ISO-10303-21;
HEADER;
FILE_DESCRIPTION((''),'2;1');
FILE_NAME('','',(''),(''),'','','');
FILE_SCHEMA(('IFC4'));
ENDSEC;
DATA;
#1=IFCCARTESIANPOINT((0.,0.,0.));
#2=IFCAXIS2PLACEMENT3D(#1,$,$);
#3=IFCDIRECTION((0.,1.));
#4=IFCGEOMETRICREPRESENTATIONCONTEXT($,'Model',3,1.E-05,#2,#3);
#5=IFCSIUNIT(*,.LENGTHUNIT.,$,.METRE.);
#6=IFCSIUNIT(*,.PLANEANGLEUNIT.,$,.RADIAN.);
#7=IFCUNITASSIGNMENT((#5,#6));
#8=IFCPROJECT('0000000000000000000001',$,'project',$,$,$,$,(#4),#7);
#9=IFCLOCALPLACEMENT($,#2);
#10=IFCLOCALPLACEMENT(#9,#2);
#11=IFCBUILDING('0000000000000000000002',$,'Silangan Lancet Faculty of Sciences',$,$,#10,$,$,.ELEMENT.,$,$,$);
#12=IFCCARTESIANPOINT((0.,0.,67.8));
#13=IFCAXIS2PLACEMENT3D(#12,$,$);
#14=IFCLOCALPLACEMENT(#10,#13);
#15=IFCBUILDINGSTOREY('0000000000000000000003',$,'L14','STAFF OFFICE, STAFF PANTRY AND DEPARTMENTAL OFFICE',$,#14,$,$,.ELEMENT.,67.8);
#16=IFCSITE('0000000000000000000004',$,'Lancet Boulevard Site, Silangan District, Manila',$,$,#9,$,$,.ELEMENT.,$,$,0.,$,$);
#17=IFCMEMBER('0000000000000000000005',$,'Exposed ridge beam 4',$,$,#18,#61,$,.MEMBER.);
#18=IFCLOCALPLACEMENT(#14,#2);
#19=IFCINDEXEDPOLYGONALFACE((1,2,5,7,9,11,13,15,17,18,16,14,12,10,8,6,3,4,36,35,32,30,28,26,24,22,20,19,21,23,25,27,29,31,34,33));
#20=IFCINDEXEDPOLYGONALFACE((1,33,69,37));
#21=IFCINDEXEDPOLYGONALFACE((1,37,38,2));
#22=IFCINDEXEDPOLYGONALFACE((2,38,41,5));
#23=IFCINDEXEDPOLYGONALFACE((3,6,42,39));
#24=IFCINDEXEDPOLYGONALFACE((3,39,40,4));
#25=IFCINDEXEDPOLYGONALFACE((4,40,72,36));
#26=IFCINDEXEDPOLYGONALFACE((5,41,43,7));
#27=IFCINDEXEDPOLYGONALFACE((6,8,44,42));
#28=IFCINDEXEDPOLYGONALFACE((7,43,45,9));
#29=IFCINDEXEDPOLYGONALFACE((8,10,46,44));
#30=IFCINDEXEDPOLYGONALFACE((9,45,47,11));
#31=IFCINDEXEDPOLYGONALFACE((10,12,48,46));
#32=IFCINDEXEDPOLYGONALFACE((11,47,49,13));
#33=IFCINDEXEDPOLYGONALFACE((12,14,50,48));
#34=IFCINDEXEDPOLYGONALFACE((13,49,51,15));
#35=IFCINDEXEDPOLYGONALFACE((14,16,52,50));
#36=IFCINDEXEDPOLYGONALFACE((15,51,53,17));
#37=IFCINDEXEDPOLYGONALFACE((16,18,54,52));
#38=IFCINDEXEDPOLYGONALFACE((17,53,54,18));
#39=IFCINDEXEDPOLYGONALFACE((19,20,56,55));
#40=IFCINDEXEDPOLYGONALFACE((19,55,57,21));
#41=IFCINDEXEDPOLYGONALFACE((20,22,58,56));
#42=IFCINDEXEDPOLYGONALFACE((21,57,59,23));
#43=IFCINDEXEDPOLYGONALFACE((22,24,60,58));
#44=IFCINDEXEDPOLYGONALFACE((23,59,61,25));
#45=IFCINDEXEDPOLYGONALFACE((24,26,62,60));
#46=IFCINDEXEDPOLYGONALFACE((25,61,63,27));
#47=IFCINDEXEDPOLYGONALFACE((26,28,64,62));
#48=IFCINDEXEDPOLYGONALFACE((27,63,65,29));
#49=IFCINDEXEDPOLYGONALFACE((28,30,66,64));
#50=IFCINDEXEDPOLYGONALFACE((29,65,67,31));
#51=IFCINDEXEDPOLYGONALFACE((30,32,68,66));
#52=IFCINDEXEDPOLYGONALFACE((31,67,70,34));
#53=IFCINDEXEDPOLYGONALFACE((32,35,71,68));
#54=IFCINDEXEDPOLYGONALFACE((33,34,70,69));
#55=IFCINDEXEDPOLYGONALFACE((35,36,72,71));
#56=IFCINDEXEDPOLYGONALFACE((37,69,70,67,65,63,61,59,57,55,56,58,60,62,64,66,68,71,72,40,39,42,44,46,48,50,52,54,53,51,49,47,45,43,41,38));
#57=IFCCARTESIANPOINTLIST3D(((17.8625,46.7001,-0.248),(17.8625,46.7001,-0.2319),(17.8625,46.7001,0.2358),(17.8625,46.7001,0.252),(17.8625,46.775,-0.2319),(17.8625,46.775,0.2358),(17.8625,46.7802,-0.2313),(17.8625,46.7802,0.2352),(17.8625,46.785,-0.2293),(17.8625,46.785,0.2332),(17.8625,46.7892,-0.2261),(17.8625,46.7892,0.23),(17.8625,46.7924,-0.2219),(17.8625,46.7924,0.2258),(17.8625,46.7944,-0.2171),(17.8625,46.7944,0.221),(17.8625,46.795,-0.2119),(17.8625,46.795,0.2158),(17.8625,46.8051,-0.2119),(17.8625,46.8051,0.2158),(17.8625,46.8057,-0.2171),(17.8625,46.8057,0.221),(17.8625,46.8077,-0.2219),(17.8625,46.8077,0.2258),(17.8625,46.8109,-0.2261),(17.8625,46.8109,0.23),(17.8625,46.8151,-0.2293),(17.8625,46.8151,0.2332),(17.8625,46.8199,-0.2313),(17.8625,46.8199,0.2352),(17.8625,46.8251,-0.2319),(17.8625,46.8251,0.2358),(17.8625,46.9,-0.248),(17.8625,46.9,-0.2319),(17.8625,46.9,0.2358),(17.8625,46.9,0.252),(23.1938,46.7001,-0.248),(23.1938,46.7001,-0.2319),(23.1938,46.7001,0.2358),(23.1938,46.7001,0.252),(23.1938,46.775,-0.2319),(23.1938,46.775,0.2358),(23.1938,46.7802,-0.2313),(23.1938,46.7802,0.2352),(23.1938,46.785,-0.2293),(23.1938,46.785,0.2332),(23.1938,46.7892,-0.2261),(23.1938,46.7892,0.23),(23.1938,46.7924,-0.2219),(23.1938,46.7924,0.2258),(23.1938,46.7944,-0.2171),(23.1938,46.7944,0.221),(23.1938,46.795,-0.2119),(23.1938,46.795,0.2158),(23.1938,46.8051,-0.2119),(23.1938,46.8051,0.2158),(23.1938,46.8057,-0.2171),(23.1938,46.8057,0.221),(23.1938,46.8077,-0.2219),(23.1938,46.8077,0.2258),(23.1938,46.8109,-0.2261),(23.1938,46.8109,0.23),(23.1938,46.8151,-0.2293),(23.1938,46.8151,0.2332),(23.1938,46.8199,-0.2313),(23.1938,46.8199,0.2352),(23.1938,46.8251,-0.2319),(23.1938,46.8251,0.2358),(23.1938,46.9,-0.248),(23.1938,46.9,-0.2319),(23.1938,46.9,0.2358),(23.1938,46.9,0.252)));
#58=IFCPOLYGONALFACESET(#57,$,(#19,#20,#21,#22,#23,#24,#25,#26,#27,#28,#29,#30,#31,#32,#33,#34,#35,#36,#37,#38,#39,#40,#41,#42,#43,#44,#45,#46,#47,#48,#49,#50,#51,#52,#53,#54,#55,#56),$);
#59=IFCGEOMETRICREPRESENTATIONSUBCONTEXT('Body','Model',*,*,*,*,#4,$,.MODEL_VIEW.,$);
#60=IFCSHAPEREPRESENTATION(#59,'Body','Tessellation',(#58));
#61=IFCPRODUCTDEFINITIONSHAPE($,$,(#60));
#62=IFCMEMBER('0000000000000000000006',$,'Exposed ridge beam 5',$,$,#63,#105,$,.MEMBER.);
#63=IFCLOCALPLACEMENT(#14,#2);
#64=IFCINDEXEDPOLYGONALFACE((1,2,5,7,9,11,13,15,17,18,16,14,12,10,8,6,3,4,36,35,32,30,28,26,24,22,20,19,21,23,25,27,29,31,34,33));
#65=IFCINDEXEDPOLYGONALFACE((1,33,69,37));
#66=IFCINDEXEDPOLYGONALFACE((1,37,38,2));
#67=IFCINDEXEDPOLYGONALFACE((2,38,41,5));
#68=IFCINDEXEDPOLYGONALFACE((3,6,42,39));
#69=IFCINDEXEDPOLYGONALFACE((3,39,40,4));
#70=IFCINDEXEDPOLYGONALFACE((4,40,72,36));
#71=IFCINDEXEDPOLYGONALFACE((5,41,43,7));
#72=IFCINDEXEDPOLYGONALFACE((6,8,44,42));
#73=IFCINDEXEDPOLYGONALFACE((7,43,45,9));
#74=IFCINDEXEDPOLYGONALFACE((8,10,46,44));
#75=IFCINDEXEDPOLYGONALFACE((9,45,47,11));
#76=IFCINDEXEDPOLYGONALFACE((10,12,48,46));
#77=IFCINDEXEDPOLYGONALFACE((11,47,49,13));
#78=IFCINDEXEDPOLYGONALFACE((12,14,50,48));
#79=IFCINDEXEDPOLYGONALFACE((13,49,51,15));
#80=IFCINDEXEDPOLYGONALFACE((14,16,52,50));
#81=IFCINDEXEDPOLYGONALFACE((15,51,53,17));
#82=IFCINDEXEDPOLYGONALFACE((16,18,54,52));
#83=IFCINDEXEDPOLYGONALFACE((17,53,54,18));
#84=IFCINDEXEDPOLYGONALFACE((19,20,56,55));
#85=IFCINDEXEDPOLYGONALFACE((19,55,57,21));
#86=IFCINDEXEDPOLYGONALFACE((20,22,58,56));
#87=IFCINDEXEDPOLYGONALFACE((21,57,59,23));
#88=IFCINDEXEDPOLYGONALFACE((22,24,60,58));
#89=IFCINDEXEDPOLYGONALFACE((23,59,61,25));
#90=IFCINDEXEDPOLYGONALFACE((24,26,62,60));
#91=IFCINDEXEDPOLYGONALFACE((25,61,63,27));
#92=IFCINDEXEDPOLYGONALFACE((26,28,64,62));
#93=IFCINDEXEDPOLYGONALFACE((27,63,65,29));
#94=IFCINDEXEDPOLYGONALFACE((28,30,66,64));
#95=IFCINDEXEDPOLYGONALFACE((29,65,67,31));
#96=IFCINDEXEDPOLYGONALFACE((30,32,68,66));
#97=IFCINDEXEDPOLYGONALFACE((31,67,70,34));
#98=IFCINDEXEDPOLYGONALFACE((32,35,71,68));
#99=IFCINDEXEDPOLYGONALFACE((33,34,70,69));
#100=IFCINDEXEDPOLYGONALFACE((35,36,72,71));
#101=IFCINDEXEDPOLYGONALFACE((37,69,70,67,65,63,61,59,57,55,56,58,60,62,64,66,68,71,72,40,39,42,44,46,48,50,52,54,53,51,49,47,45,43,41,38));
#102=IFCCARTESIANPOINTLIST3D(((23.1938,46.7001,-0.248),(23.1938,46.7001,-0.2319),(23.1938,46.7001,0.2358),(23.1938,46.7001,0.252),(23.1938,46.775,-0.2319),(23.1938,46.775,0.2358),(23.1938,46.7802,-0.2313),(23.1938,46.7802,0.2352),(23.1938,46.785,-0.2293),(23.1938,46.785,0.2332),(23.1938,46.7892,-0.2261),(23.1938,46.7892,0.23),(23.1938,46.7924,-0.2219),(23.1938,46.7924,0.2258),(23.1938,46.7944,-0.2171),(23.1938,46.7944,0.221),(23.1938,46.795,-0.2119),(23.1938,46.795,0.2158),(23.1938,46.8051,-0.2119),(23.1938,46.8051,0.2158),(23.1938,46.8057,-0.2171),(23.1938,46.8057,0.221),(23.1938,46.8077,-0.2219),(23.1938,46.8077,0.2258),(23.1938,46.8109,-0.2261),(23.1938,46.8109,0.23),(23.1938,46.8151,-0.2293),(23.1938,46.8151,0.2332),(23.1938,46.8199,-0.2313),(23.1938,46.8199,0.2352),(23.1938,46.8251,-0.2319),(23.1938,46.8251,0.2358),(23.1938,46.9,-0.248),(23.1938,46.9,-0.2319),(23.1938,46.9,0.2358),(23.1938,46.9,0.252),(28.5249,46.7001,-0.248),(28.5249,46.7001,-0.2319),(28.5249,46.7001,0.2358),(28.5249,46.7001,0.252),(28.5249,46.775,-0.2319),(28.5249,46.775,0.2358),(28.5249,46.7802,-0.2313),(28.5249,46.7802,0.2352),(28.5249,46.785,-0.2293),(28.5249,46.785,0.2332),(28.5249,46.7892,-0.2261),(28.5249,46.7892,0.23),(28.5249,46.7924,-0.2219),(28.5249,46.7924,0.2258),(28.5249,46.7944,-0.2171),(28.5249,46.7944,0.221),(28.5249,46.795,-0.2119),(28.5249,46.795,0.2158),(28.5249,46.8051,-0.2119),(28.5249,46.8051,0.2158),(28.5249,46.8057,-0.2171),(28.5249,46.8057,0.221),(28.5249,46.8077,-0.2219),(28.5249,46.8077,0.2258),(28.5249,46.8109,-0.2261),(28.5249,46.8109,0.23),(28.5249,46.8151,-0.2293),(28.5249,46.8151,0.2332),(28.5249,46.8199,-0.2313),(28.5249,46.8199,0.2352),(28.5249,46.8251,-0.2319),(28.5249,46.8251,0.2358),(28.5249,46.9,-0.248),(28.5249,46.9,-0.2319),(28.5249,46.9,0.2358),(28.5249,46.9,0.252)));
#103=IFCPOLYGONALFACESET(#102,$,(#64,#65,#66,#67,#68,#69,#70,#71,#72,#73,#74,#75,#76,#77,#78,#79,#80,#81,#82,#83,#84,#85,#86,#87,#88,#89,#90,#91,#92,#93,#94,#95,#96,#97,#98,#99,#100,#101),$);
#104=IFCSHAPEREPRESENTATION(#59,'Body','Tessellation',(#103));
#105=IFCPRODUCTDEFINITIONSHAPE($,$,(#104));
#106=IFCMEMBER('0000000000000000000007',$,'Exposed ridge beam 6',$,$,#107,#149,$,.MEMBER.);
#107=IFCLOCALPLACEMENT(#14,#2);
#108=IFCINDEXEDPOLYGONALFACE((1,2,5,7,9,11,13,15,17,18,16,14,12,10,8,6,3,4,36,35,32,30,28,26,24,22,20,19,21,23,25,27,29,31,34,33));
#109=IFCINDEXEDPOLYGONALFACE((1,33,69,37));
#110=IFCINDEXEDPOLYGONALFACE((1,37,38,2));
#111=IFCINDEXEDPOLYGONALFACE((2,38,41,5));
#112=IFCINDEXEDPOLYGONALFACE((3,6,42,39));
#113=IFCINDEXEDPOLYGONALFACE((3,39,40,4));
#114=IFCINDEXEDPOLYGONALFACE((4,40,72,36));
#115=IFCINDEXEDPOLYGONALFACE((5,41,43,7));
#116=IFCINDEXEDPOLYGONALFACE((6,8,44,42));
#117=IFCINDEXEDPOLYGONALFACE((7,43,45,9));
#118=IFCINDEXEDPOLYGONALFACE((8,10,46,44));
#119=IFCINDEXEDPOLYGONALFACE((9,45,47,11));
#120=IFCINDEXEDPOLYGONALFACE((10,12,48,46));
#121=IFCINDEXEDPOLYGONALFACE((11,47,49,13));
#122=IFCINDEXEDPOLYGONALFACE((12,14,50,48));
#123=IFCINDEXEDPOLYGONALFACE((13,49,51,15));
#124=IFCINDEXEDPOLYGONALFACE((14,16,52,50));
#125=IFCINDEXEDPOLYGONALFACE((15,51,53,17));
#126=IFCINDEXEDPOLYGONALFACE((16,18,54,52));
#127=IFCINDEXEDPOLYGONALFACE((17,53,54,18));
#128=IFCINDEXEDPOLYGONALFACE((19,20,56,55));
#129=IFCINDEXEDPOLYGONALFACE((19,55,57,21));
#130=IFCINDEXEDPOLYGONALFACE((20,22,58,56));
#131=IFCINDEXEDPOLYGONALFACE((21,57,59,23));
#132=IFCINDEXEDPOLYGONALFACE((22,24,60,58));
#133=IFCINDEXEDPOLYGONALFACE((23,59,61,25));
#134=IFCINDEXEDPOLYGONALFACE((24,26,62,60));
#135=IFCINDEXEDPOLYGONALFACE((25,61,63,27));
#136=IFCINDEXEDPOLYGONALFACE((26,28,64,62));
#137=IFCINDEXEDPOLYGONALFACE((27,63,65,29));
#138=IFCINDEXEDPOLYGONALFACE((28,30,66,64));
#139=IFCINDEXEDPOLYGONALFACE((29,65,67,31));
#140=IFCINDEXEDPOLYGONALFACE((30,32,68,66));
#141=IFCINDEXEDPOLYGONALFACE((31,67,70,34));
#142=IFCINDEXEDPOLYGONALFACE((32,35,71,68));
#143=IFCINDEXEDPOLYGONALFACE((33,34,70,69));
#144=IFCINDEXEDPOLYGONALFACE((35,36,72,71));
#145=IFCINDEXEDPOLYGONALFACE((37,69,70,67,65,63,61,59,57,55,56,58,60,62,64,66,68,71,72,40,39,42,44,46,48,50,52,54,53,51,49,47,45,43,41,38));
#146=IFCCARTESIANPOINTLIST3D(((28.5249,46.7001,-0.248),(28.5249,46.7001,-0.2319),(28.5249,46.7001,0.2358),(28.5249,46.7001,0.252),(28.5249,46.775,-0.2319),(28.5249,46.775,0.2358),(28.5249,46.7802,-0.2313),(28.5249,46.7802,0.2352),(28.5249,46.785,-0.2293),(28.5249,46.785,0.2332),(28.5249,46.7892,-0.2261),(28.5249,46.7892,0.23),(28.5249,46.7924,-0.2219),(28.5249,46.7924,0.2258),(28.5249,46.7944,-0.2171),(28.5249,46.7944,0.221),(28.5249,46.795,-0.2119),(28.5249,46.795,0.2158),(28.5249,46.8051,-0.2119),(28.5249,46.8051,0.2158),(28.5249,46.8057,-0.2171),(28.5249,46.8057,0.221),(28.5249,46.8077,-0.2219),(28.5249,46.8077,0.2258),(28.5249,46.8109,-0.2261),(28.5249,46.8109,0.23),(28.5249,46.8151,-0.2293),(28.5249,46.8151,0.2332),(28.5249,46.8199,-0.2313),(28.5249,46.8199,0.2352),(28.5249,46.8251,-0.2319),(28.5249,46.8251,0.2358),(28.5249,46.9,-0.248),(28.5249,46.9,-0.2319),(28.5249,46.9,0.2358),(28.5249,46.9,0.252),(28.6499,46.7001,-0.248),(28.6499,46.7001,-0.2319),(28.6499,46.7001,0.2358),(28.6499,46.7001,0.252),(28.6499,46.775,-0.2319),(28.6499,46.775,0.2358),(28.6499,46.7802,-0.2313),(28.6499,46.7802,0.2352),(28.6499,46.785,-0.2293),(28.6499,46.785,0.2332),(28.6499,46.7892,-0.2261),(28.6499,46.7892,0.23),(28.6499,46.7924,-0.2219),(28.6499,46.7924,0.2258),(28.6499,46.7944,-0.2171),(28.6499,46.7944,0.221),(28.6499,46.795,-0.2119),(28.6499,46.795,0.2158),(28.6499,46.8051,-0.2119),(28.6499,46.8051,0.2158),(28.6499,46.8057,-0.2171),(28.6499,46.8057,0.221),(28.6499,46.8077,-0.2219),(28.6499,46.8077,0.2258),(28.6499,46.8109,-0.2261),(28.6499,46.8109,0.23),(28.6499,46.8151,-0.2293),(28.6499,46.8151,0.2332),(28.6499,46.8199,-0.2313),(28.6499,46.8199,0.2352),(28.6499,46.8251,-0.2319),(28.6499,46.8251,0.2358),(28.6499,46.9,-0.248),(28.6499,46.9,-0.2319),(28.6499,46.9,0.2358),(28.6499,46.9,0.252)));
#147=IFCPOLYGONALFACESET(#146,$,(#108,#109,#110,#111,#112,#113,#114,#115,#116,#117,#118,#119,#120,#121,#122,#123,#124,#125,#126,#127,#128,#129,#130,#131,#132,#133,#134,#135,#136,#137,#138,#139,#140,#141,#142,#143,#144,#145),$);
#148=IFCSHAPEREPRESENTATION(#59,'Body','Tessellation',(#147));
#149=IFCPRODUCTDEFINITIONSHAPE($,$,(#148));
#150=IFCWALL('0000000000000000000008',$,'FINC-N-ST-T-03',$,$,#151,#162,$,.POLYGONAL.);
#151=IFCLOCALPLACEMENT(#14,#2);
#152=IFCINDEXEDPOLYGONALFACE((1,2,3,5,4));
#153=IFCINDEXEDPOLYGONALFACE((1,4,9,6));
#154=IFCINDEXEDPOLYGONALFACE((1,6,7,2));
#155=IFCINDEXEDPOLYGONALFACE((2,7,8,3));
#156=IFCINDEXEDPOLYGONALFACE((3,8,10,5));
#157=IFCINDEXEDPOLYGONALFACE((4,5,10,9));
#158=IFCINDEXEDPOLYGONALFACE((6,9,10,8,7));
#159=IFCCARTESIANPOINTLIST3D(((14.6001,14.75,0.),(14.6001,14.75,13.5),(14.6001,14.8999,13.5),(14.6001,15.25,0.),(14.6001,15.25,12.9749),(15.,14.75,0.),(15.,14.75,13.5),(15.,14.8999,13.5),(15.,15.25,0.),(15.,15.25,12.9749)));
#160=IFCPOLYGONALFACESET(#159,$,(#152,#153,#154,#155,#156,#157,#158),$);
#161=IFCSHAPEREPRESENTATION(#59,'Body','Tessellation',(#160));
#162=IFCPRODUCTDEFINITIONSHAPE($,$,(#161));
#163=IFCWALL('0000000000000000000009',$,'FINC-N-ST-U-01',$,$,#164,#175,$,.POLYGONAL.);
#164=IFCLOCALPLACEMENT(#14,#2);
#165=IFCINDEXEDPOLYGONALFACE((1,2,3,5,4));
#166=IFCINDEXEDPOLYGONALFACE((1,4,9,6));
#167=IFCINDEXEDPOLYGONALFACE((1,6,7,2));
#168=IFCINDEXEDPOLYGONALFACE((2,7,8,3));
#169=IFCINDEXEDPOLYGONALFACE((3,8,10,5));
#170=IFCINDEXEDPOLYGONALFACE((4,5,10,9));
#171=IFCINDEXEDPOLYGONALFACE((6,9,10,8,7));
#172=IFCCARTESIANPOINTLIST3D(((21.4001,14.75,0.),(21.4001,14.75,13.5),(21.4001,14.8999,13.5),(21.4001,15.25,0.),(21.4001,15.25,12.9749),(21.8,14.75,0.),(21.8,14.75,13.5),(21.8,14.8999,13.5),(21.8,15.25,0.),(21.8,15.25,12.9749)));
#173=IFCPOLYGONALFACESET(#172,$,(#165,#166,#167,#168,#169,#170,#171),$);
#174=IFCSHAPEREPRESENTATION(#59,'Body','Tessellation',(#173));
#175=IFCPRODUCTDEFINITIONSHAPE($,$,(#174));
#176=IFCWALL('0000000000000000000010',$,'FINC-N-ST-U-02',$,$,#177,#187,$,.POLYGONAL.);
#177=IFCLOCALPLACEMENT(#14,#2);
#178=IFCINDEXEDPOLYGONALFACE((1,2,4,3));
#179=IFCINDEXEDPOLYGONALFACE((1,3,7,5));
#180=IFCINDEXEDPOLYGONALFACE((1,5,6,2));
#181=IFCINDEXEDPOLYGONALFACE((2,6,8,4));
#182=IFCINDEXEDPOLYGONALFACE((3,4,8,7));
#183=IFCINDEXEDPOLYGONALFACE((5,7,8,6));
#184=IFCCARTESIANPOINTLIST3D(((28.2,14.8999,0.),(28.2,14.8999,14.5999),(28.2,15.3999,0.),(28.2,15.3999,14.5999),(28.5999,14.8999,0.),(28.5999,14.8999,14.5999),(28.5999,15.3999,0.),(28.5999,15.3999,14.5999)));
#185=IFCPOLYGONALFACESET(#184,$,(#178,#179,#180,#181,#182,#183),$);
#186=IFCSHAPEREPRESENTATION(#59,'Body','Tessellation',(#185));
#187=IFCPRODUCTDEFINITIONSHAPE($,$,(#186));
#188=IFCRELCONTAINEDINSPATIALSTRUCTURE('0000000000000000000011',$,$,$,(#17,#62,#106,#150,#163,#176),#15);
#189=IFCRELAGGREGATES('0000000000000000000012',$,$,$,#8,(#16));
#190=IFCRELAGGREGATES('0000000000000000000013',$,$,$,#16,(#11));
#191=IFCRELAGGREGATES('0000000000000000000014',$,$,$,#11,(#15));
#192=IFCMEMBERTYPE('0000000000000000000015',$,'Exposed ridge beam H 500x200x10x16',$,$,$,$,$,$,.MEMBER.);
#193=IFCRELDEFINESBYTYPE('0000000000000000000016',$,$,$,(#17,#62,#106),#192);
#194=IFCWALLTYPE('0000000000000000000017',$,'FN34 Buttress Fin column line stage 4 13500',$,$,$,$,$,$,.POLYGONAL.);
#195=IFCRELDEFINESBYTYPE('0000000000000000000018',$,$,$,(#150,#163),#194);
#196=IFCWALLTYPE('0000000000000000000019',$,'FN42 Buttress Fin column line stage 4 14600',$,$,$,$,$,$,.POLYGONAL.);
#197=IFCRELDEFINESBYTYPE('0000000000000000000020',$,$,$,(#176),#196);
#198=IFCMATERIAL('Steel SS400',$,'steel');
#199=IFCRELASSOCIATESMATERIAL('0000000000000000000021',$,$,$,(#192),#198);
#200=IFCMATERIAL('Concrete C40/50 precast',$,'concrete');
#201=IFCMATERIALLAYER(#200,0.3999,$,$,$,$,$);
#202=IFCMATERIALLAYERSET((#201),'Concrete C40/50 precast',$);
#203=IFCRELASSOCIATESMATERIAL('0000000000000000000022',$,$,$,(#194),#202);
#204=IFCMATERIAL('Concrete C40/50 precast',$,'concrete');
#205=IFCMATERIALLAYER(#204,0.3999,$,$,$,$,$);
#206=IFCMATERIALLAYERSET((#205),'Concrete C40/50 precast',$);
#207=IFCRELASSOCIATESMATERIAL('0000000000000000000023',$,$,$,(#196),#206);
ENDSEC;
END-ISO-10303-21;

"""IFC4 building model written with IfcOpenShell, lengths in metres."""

from ifc_helpers import new_model, si_unit, direction, frame, origin, origin_2d, place, context, subcontext, project, spatial, polyline, i_section, outline, extrude, material, layer, layer_set, material_profile, profile_set, type_object, element, save


model = new_model("IFC4")

# Units and contexts
model_context = context("Model", 3, precision=1e-05, world=origin(), true_north=direction((0.0, 1.0)))
body_context = subcontext(model_context, "Body", "Model", "MODEL_VIEW")
ifc_project = project(units=[si_unit("LENGTHUNIT", "METRE"), si_unit("PLANEANGLEUNIT", "RADIAN")], contexts=[model_context])

# Site, building, storey
site_placement = place(None, origin())
site = spatial("IfcSite", under=ifc_project, at=site_placement, Name="Lancet Boulevard Site, Silangan District, Manila", CompositionType="ELEMENT", RefElevation=0.0)
building_placement = place(site_placement, origin())
building = spatial("IfcBuilding", under=site, at=building_placement, Name="Silangan Lancet Faculty of Sciences", CompositionType="ELEMENT")
storey_placement = place(building_placement, frame((0.0, 0.0, 67.8)))
storey = spatial("IfcBuildingStorey", under=building, at=storey_placement, Name="L14", Description="STAFF OFFICE, STAFF PANTRY AND DEPARTMENTAL OFFICE", CompositionType="ELEMENT", Elevation=67.8)

# Members
ifc_material_1 = material(Name="Steel SS400", Category="steel")
ifc_material_profile_1 = material_profile(ifc_material_1, i_section(OverallWidth=0.2, OverallDepth=0.5, WebThickness=0.01, FlangeThickness=0.0161, FilletRadius=0.02, at=origin_2d()), Name="H 500x200x10x16")
ifc_profile_set_1 = profile_set([ifc_material_profile_1], Name="Steel SS400")
member_type = type_object("IfcMemberType", Name="Exposed ridge beam H 500x200x10x16", PredefinedType="MEMBER", material=ifc_profile_set_1)
for number, where, z_axis, x_axis, name in (
    (1, (17.8625, 46.8, 0.002), (1.0, 0.0, 0.0), (0.0, 1.0, 0.0), "Exposed ridge beam 4"),
):
    element("IfcMember", number, at=place(storey_placement, frame(where, z_axis=z_axis, x_axis=x_axis)), inside=storey, type_object=member_type, Name=name, PredefinedType="MEMBER", context=body_context, shape_type="SweptSolid", body=[
        extrude(i_section(OverallWidth=0.2, OverallDepth=0.5, WebThickness=0.01, FlangeThickness=0.0161, FilletRadius=0.02, at=origin_2d()), origin(), (0.0, 0.0, 1.0), 5.3313),
    ])
member_1_placement = place(storey_placement, frame((23.1938, 46.8, 0.002), z_axis=(1.0, 0.0, 0.0), x_axis=(0.0, 1.0, 0.0)))
element("IfcMember", 2, at=member_1_placement, inside=storey, type_object=member_type, Name="Exposed ridge beam 5", PredefinedType="MEMBER", context=body_context, shape_type="SweptSolid", body=[
    extrude(i_section(OverallWidth=0.2, OverallDepth=0.5, WebThickness=0.01, FlangeThickness=0.0161, FilletRadius=0.02, at=origin_2d()), origin(), (0.0, 0.0, 1.0), 5.3311),
])
member_2_placement = place(storey_placement, frame((28.5249, 46.8, 0.002), z_axis=(1.0, 0.0, 0.0), x_axis=(0.0, 1.0, 0.0)))
element("IfcMember", 3, at=member_2_placement, inside=storey, type_object=member_type, Name="Exposed ridge beam 6", PredefinedType="MEMBER", context=body_context, shape_type="SweptSolid", body=[
    extrude(i_section(OverallWidth=0.2, OverallDepth=0.5, WebThickness=0.01, FlangeThickness=0.0161, FilletRadius=0.02, at=origin_2d()), origin(), (0.0, 0.0, 1.0), 0.125),
])

# Walls
ifc_material_2 = material(Name="Concrete C40/50 precast", Category="concrete")
ifc_layer_1 = layer(ifc_material_2, 0.3999)
ifc_layer_set_1 = layer_set([ifc_layer_1], Name="Concrete C40/50 precast")
wall_type_1 = type_object("IfcWallType", Name="FN34 Buttress Fin column line stage 4 13500", PredefinedType="POLYGONAL", material=ifc_layer_set_1)
for number, where, z_axis, x_axis, name in (
    (4, (14.8, 14.75, 0.0), (0.0, 0.0, 1.0), (0.0, 1.0, 0.0), "FINC-N-ST-T-03"),
    (5, (21.6001, 14.75, 0.0), (0.0, 0.0, 1.0), (0.0, 1.0, 0.0), "FINC-N-ST-U-01"),
):
    element("IfcWall", number, at=place(storey_placement, frame(where, z_axis=z_axis, x_axis=x_axis)), inside=storey, type_object=wall_type_1, Name=name, PredefinedType="POLYGONAL", context=body_context, shape_type="SweptSolid", body=[
        extrude(outline(polyline([(0.5, 0.0), (0.5, 12.9749), (0.1499, 13.5), (0.0, 13.5), (0.0, 0.0), (0.5, 0.0)])), frame((0.0, 0.2, 0.0), z_axis=(0.0, -1.0, 0.0), x_axis=(1.0, 0.0, 0.0)), (0.0, 0.0, 1.0), 0.3999),
    ])
ifc_material_3 = material(Name="Concrete C40/50 precast", Category="concrete")
ifc_layer_2 = layer(ifc_material_3, 0.3999)
ifc_layer_set_2 = layer_set([ifc_layer_2], Name="Concrete C40/50 precast")
wall_type_2 = type_object("IfcWallType", Name="FN42 Buttress Fin column line stage 4 14600", PredefinedType="POLYGONAL", material=ifc_layer_set_2)
wall_1_placement = place(storey_placement, frame((28.3999, 14.8999, 0.0), z_axis=(0.0, 0.0, 1.0), x_axis=(0.0, 1.0, 0.0)))
element("IfcWall", 6, at=wall_1_placement, inside=storey, type_object=wall_type_2, Name="FINC-N-ST-U-02", PredefinedType="POLYGONAL", context=body_context, shape_type="SweptSolid", body=[
    extrude(outline(polyline([(0.5, 0.0), (0.5, 14.5999), (0.0, 14.5999), (0.0, 0.0), (0.5, 0.0)])), frame((0.0, 0.2, 0.0), z_axis=(0.0, -1.0, 0.0), x_axis=(1.0, 0.0, 0.0)), (0.0, 0.0, 1.0), 0.3999),
])

save(model, "model.ifc")
